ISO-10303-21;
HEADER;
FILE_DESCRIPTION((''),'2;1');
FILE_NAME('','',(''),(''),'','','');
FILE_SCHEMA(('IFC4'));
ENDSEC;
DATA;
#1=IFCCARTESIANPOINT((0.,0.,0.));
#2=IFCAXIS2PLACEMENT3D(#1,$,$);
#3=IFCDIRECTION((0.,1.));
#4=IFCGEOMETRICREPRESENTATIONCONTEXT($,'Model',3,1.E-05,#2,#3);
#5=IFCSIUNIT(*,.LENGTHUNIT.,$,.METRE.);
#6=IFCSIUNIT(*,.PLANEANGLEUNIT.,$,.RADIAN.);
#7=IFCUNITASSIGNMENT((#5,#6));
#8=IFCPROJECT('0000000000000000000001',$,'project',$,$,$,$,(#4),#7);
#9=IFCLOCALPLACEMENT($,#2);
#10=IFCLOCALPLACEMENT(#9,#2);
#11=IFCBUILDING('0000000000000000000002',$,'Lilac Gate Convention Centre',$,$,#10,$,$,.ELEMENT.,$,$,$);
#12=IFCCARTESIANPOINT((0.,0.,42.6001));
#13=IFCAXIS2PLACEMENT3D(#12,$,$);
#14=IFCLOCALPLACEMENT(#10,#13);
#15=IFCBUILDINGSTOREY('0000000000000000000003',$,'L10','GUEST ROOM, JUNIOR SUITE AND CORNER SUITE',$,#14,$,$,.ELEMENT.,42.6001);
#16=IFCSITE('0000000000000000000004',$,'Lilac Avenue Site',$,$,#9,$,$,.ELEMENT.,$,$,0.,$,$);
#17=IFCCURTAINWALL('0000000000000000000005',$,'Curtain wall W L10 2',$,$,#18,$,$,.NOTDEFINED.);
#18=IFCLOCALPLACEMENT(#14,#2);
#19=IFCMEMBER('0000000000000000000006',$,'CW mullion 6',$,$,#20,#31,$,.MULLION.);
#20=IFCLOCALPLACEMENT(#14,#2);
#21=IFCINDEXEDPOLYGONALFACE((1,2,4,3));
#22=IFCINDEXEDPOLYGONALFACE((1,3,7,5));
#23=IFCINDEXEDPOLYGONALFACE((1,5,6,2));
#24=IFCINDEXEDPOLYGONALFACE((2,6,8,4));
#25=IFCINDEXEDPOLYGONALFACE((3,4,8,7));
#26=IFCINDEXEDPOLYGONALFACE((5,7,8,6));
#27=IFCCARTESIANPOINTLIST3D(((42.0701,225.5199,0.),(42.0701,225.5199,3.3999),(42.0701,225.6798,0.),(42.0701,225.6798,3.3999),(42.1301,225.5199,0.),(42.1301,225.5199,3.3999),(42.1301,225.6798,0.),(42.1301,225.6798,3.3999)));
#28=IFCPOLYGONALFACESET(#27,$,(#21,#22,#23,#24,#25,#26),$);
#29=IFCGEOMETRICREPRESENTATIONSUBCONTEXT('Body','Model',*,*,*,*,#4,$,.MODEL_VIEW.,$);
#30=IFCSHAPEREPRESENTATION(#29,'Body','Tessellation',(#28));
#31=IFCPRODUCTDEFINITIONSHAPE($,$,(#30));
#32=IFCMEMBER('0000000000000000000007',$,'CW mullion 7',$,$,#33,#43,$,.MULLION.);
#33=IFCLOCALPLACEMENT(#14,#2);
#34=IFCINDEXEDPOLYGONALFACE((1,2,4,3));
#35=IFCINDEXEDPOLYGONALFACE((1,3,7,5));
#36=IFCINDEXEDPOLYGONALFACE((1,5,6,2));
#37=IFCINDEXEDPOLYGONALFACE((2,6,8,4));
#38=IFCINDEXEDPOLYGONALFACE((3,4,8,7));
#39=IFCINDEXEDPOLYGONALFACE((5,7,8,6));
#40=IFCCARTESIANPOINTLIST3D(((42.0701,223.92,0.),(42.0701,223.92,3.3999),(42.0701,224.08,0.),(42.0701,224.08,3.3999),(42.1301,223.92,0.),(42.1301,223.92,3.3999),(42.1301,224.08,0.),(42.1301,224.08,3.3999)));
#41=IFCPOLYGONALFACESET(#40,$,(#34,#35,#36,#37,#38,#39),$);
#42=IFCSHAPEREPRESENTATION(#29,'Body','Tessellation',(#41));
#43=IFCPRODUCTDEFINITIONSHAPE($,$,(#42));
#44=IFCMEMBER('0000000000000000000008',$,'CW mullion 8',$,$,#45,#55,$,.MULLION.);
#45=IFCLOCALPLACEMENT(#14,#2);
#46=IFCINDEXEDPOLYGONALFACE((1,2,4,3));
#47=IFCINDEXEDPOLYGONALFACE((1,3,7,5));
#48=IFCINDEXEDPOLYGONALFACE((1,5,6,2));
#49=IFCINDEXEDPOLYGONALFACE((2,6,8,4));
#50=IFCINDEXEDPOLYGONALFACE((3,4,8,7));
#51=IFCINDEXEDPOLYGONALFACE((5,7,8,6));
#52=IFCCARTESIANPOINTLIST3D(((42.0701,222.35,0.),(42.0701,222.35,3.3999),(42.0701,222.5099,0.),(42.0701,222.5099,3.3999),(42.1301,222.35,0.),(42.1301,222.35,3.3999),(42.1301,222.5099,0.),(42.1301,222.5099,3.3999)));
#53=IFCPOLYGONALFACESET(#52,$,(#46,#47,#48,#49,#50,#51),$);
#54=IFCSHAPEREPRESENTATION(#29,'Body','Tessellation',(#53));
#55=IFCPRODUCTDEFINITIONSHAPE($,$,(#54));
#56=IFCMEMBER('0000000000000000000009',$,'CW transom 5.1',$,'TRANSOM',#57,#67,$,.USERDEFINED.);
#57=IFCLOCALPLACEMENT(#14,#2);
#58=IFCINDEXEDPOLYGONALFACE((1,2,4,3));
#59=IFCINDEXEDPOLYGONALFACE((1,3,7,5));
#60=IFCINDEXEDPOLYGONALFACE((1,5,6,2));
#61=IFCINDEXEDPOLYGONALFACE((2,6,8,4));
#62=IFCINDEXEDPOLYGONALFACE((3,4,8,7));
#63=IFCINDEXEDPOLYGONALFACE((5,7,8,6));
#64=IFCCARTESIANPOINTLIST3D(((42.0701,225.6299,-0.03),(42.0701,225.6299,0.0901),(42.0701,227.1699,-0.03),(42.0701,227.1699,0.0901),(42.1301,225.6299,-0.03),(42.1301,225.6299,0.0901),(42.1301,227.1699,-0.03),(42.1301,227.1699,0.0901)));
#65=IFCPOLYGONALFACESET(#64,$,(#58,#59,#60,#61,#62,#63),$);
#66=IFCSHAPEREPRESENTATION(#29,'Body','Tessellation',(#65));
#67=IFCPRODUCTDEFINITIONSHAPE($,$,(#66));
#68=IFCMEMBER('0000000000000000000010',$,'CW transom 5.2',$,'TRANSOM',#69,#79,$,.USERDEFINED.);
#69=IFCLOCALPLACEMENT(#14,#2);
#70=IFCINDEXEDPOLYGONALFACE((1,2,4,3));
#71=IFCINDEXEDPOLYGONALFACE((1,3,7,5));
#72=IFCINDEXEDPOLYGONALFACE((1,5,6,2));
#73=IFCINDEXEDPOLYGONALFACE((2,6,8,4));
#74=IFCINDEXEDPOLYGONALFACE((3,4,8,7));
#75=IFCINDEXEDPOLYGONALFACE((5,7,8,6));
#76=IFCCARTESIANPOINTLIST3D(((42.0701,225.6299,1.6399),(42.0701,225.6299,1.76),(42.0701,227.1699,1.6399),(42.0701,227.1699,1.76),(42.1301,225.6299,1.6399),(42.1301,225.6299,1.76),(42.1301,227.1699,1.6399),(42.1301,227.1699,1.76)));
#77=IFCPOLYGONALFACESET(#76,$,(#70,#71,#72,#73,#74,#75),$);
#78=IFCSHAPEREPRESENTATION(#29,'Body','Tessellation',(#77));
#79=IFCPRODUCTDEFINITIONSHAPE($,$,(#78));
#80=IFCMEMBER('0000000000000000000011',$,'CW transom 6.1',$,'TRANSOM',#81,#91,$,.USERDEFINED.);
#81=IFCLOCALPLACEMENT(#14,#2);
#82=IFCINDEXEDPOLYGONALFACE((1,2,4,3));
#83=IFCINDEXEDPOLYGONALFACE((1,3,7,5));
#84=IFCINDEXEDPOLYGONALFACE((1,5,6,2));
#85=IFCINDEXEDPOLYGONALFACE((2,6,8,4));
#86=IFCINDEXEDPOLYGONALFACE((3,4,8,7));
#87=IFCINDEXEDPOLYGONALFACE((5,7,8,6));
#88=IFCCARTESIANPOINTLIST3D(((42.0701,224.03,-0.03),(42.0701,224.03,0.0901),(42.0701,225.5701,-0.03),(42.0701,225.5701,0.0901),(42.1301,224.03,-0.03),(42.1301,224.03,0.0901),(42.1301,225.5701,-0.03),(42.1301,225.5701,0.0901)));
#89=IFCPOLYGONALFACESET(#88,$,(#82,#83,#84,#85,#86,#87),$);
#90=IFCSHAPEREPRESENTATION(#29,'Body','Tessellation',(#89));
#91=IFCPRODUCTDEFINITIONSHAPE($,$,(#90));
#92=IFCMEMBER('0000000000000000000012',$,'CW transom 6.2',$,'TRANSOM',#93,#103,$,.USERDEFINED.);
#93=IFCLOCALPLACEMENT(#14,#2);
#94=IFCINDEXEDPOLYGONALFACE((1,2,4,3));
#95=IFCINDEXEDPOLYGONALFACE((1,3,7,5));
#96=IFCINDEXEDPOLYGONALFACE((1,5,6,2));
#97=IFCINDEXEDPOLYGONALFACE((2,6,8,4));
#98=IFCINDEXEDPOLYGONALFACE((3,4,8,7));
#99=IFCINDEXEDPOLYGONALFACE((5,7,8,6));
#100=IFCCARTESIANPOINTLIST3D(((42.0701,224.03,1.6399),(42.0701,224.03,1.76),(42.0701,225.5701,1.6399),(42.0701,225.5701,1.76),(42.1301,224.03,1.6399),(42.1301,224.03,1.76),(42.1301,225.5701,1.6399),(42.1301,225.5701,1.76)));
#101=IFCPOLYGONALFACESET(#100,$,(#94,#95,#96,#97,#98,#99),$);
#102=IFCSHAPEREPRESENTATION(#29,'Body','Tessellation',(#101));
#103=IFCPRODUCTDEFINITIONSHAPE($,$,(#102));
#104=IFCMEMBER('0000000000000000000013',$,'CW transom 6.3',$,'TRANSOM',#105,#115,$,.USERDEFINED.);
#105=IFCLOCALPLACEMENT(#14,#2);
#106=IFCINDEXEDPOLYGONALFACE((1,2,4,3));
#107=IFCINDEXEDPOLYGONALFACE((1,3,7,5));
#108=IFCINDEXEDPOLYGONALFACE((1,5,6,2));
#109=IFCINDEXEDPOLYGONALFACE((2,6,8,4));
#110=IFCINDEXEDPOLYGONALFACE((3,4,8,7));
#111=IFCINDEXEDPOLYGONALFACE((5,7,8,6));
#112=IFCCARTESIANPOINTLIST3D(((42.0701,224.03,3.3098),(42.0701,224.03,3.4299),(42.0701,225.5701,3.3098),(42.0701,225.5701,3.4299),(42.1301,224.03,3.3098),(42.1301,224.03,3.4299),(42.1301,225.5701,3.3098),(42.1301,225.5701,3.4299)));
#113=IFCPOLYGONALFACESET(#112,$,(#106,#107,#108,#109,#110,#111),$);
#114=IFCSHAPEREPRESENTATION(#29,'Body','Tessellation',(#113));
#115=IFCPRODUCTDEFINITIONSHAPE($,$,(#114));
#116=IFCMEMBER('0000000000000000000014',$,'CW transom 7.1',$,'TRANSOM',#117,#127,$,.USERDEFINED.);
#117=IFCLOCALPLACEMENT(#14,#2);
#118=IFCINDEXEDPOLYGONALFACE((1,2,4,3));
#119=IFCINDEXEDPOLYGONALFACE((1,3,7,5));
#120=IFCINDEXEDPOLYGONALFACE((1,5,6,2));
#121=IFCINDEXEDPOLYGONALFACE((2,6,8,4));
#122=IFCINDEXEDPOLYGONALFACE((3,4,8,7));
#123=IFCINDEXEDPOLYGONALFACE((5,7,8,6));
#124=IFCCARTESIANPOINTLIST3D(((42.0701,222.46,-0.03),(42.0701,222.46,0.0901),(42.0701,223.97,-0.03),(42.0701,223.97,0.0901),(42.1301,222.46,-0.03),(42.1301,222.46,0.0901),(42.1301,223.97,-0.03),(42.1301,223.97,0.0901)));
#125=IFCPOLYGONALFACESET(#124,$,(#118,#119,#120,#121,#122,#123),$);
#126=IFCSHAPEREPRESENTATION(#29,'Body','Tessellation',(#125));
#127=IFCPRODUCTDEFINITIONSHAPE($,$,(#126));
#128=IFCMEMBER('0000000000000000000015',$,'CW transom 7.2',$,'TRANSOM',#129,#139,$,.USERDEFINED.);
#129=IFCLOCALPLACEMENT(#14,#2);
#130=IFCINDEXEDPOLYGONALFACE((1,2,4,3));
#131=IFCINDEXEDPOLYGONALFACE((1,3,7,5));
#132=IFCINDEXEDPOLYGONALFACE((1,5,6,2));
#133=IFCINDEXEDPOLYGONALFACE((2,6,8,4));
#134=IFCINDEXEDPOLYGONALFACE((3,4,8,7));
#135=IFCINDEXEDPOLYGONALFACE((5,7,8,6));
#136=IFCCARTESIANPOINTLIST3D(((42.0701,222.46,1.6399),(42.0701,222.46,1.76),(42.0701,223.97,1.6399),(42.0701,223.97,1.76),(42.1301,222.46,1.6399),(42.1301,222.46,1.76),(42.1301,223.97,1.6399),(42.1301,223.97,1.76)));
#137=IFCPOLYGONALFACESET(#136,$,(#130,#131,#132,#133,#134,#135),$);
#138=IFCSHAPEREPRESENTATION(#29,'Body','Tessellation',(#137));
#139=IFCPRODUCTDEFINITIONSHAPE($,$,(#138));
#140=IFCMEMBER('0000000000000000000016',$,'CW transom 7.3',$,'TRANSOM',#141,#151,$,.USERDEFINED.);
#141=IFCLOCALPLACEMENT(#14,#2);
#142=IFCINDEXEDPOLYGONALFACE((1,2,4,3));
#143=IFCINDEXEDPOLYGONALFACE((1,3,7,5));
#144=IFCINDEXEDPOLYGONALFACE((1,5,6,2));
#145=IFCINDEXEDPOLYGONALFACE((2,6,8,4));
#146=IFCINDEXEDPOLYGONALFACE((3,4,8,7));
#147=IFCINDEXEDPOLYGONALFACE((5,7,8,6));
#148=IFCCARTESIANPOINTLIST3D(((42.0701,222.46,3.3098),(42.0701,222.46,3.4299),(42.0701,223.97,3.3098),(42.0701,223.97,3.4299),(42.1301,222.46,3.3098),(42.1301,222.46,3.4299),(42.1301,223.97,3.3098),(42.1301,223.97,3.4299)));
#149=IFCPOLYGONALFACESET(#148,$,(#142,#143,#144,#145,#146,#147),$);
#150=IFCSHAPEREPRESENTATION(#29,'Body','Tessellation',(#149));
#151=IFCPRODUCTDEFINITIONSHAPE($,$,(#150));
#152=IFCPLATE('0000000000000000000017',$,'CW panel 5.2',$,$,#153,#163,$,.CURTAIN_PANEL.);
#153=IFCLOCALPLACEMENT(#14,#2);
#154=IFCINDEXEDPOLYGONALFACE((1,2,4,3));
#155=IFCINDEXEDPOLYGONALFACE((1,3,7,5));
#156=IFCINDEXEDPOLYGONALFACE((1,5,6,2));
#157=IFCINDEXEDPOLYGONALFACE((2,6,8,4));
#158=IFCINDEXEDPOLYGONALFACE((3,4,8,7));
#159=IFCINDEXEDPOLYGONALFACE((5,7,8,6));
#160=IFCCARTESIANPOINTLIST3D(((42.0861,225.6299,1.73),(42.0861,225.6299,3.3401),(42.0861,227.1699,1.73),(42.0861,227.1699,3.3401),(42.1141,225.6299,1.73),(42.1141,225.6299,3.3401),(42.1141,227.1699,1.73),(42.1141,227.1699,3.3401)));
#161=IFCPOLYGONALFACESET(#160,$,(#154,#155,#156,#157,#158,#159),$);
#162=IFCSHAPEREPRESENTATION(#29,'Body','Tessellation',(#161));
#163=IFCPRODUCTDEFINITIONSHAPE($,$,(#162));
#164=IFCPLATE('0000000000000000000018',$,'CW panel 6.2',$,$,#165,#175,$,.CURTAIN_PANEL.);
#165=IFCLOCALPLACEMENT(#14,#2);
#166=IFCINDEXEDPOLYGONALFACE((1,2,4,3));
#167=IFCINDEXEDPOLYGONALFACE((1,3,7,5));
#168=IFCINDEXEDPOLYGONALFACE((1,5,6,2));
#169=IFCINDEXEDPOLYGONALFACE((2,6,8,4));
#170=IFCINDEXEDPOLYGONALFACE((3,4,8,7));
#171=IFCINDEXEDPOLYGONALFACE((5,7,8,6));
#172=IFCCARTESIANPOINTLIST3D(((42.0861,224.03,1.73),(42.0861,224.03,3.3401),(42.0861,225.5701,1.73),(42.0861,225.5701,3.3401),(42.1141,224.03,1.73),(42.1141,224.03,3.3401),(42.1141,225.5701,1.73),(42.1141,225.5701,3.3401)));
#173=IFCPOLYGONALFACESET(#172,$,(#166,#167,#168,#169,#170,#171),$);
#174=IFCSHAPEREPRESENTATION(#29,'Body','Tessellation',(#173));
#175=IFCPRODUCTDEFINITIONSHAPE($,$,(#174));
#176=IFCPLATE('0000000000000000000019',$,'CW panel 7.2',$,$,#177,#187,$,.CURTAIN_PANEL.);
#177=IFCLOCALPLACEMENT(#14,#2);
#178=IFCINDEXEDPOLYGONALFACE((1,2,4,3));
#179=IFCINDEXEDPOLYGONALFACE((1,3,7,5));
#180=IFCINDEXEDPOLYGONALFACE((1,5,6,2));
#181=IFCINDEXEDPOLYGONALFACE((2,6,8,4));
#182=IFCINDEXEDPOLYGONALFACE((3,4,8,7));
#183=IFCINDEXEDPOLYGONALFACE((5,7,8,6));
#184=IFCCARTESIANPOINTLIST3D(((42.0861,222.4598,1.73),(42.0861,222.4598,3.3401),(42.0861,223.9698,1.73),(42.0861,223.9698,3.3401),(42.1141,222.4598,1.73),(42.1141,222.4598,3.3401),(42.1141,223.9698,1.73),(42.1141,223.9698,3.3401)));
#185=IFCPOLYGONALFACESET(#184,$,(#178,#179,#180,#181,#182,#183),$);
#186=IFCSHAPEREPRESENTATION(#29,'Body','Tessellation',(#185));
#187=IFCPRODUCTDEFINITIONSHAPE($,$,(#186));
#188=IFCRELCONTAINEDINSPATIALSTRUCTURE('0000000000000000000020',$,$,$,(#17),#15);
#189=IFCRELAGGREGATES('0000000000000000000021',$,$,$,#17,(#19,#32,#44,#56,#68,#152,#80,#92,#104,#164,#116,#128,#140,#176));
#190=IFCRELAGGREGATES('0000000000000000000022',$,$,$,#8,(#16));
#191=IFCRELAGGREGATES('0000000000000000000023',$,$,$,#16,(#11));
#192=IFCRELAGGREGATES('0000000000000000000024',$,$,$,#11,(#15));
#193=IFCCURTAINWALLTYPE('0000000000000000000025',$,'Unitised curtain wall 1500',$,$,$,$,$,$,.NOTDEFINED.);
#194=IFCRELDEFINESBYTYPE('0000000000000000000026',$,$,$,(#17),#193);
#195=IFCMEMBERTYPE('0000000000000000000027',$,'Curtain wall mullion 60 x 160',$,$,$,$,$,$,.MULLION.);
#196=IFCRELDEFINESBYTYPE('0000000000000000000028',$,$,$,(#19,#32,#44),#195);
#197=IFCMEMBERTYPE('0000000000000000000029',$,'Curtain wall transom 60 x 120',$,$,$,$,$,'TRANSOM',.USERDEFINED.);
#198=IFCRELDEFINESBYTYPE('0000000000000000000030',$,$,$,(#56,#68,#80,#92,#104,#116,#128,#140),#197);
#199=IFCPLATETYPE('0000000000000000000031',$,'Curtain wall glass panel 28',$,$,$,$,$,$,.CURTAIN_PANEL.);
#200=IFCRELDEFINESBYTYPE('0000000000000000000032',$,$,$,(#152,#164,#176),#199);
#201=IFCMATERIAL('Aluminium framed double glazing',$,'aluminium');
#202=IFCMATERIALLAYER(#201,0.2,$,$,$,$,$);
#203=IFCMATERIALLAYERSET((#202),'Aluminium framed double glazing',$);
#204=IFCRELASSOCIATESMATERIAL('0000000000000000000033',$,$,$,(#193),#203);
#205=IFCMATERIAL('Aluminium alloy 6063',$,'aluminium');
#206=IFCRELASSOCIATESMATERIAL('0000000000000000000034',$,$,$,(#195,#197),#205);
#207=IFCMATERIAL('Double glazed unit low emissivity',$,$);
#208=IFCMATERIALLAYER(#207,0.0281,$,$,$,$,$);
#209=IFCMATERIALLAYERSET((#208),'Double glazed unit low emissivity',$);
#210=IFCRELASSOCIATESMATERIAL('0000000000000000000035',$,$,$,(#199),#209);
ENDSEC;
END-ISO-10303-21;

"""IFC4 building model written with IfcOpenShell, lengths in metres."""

from ifc_helpers import new_model, si_unit, direction, frame, origin, origin_2d, place, context, subcontext, project, spatial, rectangle, extrude, material, layer, layer_set, material_profile, profile_set, type_object, element, aggregate, save


model = new_model("IFC4")

# Units and contexts
model_context = context("Model", 3, precision=1e-05, world=origin(), true_north=direction((0.0, 1.0)))
body_context = subcontext(model_context, "Body", "Model", "MODEL_VIEW")
ifc_project = project(units=[si_unit("LENGTHUNIT", "METRE"), si_unit("PLANEANGLEUNIT", "RADIAN")], contexts=[model_context])

# Site, building, storey
site_placement = place(None, origin())
site = spatial("IfcSite", under=ifc_project, at=site_placement, Name="Lilac Avenue Site", CompositionType="ELEMENT", RefElevation=0.0)
building_placement = place(site_placement, origin())
building = spatial("IfcBuilding", under=site, at=building_placement, Name="Lilac Gate Convention Centre", CompositionType="ELEMENT")
storey_placement = place(building_placement, frame((0.0, 0.0, 42.6001)))
storey = spatial("IfcBuildingStorey", under=building, at=storey_placement, Name="L10", Description="GUEST ROOM, JUNIOR SUITE AND CORNER SUITE", CompositionType="ELEMENT", Elevation=42.6001)

# Curtain wall, members, plates
ifc_material_1 = material(Name="Aluminium framed double glazing", Category="aluminium")
ifc_layer_1 = layer(ifc_material_1, 0.2)
ifc_layer_set_1 = layer_set([ifc_layer_1], Name="Aluminium framed double glazing")
curtain_wall_type = type_object("IfcCurtainWallType", Name="Unitised curtain wall 1500", PredefinedType="NOTDEFINED", material=ifc_layer_set_1)
curtain_wall_placement = place(storey_placement, origin())
curtain_wall = element("IfcCurtainWall", 1, at=curtain_wall_placement, inside=storey, type_object=curtain_wall_type, Name="Curtain wall W L10 2", PredefinedType="NOTDEFINED")
ifc_material_2 = material(Name="Aluminium alloy 6063", Category="aluminium")
ifc_material_profile_1 = material_profile(ifc_material_2, rectangle(XDim=0.0601, YDim=0.1599, at=origin_2d()), Name="Curtain wall mullion 60 x 160")
ifc_profile_set_1 = profile_set([ifc_material_profile_1], Name="Aluminium alloy 6063")
member_type_1 = type_object("IfcMemberType", Name="Curtain wall mullion 60 x 160", PredefinedType="MULLION", material=ifc_profile_set_1)
member_1_placement = place(storey_placement, frame((42.1001, 225.5999, 0.0), z_axis=(0.0, 0.0, 1.0), x_axis=(1.0, 0.0, 0.0)))
member_1 = element("IfcMember", 2, at=member_1_placement, type_object=member_type_1, Name="CW mullion 6", PredefinedType="MULLION", context=body_context, shape_type="SweptSolid", body=[
    extrude(rectangle(XDim=0.0601, YDim=0.1599, at=origin_2d()), origin(), (0.0, 0.0, 1.0), 3.3999),
])
member_2_placement = place(storey_placement, frame((42.1001, 224.0, 0.0), z_axis=(0.0, 0.0, 1.0), x_axis=(1.0, 0.0, 0.0)))
member_2 = element("IfcMember", 3, at=member_2_placement, type_object=member_type_1, Name="CW mullion 7", PredefinedType="MULLION", context=body_context, shape_type="SweptSolid", body=[
    extrude(rectangle(XDim=0.0601, YDim=0.1599, at=origin_2d()), origin(), (0.0, 0.0, 1.0), 3.3999),
])
member_3_placement = place(storey_placement, frame((42.1001, 222.4299, 0.0), z_axis=(0.0, 0.0, 1.0), x_axis=(1.0, 0.0, 0.0)))
member_3 = element("IfcMember", 4, at=member_3_placement, type_object=member_type_1, Name="CW mullion 8", PredefinedType="MULLION", context=body_context, shape_type="SweptSolid", body=[
    extrude(rectangle(XDim=0.0601, YDim=0.1599, at=origin_2d()), origin(), (0.0, 0.0, 1.0), 3.3999),
])
ifc_material_profile_2 = material_profile(ifc_material_2, rectangle(XDim=0.0601, YDim=0.1201, at=origin_2d()), Name="Curtain wall transom 60 x 120")
ifc_profile_set_2 = profile_set([ifc_material_profile_2], Name="Aluminium alloy 6063")
member_type_2 = type_object("IfcMemberType", Name="Curtain wall transom 60 x 120", ElementType="TRANSOM", PredefinedType="USERDEFINED", material=ifc_profile_set_2)
member_4_placement = place(storey_placement, frame((42.1001, 227.1699, 0.03), z_axis=(0.0, -1.0, 0.0), x_axis=(1.0, 0.0, 0.0)))
member_4 = element("IfcMember", 5, at=member_4_placement, type_object=member_type_2, Name="CW transom 5.1", ObjectType="TRANSOM", PredefinedType="USERDEFINED", context=body_context, shape_type="SweptSolid", body=[
    extrude(rectangle(XDim=0.0601, YDim=0.1201, at=origin_2d()), origin(), (0.0, 0.0, 1.0), 1.54),
])
member_5_placement = place(storey_placement, frame((42.1001, 227.1699, 1.7), z_axis=(0.0, -1.0, 0.0), x_axis=(1.0, 0.0, 0.0)))
member_5 = element("IfcMember", 6, at=member_5_placement, type_object=member_type_2, Name="CW transom 5.2", ObjectType="TRANSOM", PredefinedType="USERDEFINED", context=body_context, shape_type="SweptSolid", body=[
    extrude(rectangle(XDim=0.0601, YDim=0.1201, at=origin_2d()), origin(), (0.0, 0.0, 1.0), 1.54),
])
member_6_placement = place(storey_placement, frame((42.1001, 225.5701, 0.03), z_axis=(0.0, -1.0, 0.0), x_axis=(1.0, 0.0, 0.0)))
member_6 = element("IfcMember", 7, at=member_6_placement, type_object=member_type_2, Name="CW transom 6.1", ObjectType="TRANSOM", PredefinedType="USERDEFINED", context=body_context, shape_type="SweptSolid", body=[
    extrude(rectangle(XDim=0.0601, YDim=0.1201, at=origin_2d()), origin(), (0.0, 0.0, 1.0), 1.54),
])
member_7_placement = place(storey_placement, frame((42.1001, 225.5701, 1.7), z_axis=(0.0, -1.0, 0.0), x_axis=(1.0, 0.0, 0.0)))
member_7 = element("IfcMember", 8, at=member_7_placement, type_object=member_type_2, Name="CW transom 6.2", ObjectType="TRANSOM", PredefinedType="USERDEFINED", context=body_context, shape_type="SweptSolid", body=[
    extrude(rectangle(XDim=0.0601, YDim=0.1201, at=origin_2d()), origin(), (0.0, 0.0, 1.0), 1.54),
])
member_8_placement = place(storey_placement, frame((42.1001, 225.5701, 3.3699), z_axis=(0.0, -1.0, 0.0), x_axis=(1.0, 0.0, 0.0)))
member_8 = element("IfcMember", 9, at=member_8_placement, type_object=member_type_2, Name="CW transom 6.3", ObjectType="TRANSOM", PredefinedType="USERDEFINED", context=body_context, shape_type="SweptSolid", body=[
    extrude(rectangle(XDim=0.0601, YDim=0.1201, at=origin_2d()), origin(), (0.0, 0.0, 1.0), 1.54),
])
member_9_placement = place(storey_placement, frame((42.1001, 223.97, 0.03), z_axis=(0.0, -1.0, 0.0), x_axis=(1.0, 0.0, 0.0)))
member_9 = element("IfcMember", 10, at=member_9_placement, type_object=member_type_2, Name="CW transom 7.1", ObjectType="TRANSOM", PredefinedType="USERDEFINED", context=body_context, shape_type="SweptSolid", body=[
    extrude(rectangle(XDim=0.0601, YDim=0.1201, at=origin_2d()), origin(), (0.0, 0.0, 1.0), 1.51),
])
member_10_placement = place(storey_placement, frame((42.1001, 223.97, 1.7), z_axis=(0.0, -1.0, 0.0), x_axis=(1.0, 0.0, 0.0)))
member_10 = element("IfcMember", 11, at=member_10_placement, type_object=member_type_2, Name="CW transom 7.2", ObjectType="TRANSOM", PredefinedType="USERDEFINED", context=body_context, shape_type="SweptSolid", body=[
    extrude(rectangle(XDim=0.0601, YDim=0.1201, at=origin_2d()), origin(), (0.0, 0.0, 1.0), 1.51),
])
member_11_placement = place(storey_placement, frame((42.1001, 223.97, 3.3699), z_axis=(0.0, -1.0, 0.0), x_axis=(1.0, 0.0, 0.0)))
member_11 = element("IfcMember", 12, at=member_11_placement, type_object=member_type_2, Name="CW transom 7.3", ObjectType="TRANSOM", PredefinedType="USERDEFINED", context=body_context, shape_type="SweptSolid", body=[
    extrude(rectangle(XDim=0.0601, YDim=0.1201, at=origin_2d()), origin(), (0.0, 0.0, 1.0), 1.51),
])
ifc_material_3 = material(Name="Double glazed unit low emissivity")
ifc_layer_2 = layer(ifc_material_3, 0.0281)
ifc_layer_set_2 = layer_set([ifc_layer_2], Name="Double glazed unit low emissivity")
plate_type_1 = type_object("IfcPlateType", Name="Curtain wall glass panel 28", PredefinedType="CURTAIN_PANEL", material=ifc_layer_set_2)
plate_1_placement = place(storey_placement, frame((42.1001, 226.3999, 1.73), z_axis=(0.0, 0.0, 1.0), x_axis=(0.0, -1.0, 0.0)))
plate_1 = element("IfcPlate", 13, at=plate_1_placement, type_object=plate_type_1, Name="CW panel 5.2", PredefinedType="CURTAIN_PANEL", context=body_context, shape_type="SweptSolid", body=[
    extrude(rectangle(XDim=1.54, YDim=0.0281, at=origin_2d()), origin(), (0.0, 0.0, 1.0), 1.6101),
])
plate_2_placement = place(storey_placement, frame((42.1001, 224.8, 1.73), z_axis=(0.0, 0.0, 1.0), x_axis=(0.0, -1.0, 0.0)))
plate_2 = element("IfcPlate", 14, at=plate_2_placement, type_object=plate_type_1, Name="CW panel 6.2", PredefinedType="CURTAIN_PANEL", context=body_context, shape_type="SweptSolid", body=[
    extrude(rectangle(XDim=1.54, YDim=0.0281, at=origin_2d()), origin(), (0.0, 0.0, 1.0), 1.6101),
])
plate_3_placement = place(storey_placement, frame((42.1001, 223.2148, 1.73), z_axis=(0.0, 0.0, 1.0), x_axis=(0.0, -1.0, 0.0)))
plate_3 = element("IfcPlate", 15, at=plate_3_placement, type_object=plate_type_1, Name="CW panel 7.2", PredefinedType="CURTAIN_PANEL", context=body_context, shape_type="SweptSolid", body=[
    extrude(rectangle(XDim=1.51, YDim=0.0281, at=origin_2d()), origin(), (0.0, 0.0, 1.0), 1.6101),
])
aggregate(curtain_wall, [member_1, member_2, member_3, member_4, member_5, plate_1, member_6, member_7, member_8, plate_2, member_9, member_10, member_11, plate_3])

save(model, "model.ifc")
